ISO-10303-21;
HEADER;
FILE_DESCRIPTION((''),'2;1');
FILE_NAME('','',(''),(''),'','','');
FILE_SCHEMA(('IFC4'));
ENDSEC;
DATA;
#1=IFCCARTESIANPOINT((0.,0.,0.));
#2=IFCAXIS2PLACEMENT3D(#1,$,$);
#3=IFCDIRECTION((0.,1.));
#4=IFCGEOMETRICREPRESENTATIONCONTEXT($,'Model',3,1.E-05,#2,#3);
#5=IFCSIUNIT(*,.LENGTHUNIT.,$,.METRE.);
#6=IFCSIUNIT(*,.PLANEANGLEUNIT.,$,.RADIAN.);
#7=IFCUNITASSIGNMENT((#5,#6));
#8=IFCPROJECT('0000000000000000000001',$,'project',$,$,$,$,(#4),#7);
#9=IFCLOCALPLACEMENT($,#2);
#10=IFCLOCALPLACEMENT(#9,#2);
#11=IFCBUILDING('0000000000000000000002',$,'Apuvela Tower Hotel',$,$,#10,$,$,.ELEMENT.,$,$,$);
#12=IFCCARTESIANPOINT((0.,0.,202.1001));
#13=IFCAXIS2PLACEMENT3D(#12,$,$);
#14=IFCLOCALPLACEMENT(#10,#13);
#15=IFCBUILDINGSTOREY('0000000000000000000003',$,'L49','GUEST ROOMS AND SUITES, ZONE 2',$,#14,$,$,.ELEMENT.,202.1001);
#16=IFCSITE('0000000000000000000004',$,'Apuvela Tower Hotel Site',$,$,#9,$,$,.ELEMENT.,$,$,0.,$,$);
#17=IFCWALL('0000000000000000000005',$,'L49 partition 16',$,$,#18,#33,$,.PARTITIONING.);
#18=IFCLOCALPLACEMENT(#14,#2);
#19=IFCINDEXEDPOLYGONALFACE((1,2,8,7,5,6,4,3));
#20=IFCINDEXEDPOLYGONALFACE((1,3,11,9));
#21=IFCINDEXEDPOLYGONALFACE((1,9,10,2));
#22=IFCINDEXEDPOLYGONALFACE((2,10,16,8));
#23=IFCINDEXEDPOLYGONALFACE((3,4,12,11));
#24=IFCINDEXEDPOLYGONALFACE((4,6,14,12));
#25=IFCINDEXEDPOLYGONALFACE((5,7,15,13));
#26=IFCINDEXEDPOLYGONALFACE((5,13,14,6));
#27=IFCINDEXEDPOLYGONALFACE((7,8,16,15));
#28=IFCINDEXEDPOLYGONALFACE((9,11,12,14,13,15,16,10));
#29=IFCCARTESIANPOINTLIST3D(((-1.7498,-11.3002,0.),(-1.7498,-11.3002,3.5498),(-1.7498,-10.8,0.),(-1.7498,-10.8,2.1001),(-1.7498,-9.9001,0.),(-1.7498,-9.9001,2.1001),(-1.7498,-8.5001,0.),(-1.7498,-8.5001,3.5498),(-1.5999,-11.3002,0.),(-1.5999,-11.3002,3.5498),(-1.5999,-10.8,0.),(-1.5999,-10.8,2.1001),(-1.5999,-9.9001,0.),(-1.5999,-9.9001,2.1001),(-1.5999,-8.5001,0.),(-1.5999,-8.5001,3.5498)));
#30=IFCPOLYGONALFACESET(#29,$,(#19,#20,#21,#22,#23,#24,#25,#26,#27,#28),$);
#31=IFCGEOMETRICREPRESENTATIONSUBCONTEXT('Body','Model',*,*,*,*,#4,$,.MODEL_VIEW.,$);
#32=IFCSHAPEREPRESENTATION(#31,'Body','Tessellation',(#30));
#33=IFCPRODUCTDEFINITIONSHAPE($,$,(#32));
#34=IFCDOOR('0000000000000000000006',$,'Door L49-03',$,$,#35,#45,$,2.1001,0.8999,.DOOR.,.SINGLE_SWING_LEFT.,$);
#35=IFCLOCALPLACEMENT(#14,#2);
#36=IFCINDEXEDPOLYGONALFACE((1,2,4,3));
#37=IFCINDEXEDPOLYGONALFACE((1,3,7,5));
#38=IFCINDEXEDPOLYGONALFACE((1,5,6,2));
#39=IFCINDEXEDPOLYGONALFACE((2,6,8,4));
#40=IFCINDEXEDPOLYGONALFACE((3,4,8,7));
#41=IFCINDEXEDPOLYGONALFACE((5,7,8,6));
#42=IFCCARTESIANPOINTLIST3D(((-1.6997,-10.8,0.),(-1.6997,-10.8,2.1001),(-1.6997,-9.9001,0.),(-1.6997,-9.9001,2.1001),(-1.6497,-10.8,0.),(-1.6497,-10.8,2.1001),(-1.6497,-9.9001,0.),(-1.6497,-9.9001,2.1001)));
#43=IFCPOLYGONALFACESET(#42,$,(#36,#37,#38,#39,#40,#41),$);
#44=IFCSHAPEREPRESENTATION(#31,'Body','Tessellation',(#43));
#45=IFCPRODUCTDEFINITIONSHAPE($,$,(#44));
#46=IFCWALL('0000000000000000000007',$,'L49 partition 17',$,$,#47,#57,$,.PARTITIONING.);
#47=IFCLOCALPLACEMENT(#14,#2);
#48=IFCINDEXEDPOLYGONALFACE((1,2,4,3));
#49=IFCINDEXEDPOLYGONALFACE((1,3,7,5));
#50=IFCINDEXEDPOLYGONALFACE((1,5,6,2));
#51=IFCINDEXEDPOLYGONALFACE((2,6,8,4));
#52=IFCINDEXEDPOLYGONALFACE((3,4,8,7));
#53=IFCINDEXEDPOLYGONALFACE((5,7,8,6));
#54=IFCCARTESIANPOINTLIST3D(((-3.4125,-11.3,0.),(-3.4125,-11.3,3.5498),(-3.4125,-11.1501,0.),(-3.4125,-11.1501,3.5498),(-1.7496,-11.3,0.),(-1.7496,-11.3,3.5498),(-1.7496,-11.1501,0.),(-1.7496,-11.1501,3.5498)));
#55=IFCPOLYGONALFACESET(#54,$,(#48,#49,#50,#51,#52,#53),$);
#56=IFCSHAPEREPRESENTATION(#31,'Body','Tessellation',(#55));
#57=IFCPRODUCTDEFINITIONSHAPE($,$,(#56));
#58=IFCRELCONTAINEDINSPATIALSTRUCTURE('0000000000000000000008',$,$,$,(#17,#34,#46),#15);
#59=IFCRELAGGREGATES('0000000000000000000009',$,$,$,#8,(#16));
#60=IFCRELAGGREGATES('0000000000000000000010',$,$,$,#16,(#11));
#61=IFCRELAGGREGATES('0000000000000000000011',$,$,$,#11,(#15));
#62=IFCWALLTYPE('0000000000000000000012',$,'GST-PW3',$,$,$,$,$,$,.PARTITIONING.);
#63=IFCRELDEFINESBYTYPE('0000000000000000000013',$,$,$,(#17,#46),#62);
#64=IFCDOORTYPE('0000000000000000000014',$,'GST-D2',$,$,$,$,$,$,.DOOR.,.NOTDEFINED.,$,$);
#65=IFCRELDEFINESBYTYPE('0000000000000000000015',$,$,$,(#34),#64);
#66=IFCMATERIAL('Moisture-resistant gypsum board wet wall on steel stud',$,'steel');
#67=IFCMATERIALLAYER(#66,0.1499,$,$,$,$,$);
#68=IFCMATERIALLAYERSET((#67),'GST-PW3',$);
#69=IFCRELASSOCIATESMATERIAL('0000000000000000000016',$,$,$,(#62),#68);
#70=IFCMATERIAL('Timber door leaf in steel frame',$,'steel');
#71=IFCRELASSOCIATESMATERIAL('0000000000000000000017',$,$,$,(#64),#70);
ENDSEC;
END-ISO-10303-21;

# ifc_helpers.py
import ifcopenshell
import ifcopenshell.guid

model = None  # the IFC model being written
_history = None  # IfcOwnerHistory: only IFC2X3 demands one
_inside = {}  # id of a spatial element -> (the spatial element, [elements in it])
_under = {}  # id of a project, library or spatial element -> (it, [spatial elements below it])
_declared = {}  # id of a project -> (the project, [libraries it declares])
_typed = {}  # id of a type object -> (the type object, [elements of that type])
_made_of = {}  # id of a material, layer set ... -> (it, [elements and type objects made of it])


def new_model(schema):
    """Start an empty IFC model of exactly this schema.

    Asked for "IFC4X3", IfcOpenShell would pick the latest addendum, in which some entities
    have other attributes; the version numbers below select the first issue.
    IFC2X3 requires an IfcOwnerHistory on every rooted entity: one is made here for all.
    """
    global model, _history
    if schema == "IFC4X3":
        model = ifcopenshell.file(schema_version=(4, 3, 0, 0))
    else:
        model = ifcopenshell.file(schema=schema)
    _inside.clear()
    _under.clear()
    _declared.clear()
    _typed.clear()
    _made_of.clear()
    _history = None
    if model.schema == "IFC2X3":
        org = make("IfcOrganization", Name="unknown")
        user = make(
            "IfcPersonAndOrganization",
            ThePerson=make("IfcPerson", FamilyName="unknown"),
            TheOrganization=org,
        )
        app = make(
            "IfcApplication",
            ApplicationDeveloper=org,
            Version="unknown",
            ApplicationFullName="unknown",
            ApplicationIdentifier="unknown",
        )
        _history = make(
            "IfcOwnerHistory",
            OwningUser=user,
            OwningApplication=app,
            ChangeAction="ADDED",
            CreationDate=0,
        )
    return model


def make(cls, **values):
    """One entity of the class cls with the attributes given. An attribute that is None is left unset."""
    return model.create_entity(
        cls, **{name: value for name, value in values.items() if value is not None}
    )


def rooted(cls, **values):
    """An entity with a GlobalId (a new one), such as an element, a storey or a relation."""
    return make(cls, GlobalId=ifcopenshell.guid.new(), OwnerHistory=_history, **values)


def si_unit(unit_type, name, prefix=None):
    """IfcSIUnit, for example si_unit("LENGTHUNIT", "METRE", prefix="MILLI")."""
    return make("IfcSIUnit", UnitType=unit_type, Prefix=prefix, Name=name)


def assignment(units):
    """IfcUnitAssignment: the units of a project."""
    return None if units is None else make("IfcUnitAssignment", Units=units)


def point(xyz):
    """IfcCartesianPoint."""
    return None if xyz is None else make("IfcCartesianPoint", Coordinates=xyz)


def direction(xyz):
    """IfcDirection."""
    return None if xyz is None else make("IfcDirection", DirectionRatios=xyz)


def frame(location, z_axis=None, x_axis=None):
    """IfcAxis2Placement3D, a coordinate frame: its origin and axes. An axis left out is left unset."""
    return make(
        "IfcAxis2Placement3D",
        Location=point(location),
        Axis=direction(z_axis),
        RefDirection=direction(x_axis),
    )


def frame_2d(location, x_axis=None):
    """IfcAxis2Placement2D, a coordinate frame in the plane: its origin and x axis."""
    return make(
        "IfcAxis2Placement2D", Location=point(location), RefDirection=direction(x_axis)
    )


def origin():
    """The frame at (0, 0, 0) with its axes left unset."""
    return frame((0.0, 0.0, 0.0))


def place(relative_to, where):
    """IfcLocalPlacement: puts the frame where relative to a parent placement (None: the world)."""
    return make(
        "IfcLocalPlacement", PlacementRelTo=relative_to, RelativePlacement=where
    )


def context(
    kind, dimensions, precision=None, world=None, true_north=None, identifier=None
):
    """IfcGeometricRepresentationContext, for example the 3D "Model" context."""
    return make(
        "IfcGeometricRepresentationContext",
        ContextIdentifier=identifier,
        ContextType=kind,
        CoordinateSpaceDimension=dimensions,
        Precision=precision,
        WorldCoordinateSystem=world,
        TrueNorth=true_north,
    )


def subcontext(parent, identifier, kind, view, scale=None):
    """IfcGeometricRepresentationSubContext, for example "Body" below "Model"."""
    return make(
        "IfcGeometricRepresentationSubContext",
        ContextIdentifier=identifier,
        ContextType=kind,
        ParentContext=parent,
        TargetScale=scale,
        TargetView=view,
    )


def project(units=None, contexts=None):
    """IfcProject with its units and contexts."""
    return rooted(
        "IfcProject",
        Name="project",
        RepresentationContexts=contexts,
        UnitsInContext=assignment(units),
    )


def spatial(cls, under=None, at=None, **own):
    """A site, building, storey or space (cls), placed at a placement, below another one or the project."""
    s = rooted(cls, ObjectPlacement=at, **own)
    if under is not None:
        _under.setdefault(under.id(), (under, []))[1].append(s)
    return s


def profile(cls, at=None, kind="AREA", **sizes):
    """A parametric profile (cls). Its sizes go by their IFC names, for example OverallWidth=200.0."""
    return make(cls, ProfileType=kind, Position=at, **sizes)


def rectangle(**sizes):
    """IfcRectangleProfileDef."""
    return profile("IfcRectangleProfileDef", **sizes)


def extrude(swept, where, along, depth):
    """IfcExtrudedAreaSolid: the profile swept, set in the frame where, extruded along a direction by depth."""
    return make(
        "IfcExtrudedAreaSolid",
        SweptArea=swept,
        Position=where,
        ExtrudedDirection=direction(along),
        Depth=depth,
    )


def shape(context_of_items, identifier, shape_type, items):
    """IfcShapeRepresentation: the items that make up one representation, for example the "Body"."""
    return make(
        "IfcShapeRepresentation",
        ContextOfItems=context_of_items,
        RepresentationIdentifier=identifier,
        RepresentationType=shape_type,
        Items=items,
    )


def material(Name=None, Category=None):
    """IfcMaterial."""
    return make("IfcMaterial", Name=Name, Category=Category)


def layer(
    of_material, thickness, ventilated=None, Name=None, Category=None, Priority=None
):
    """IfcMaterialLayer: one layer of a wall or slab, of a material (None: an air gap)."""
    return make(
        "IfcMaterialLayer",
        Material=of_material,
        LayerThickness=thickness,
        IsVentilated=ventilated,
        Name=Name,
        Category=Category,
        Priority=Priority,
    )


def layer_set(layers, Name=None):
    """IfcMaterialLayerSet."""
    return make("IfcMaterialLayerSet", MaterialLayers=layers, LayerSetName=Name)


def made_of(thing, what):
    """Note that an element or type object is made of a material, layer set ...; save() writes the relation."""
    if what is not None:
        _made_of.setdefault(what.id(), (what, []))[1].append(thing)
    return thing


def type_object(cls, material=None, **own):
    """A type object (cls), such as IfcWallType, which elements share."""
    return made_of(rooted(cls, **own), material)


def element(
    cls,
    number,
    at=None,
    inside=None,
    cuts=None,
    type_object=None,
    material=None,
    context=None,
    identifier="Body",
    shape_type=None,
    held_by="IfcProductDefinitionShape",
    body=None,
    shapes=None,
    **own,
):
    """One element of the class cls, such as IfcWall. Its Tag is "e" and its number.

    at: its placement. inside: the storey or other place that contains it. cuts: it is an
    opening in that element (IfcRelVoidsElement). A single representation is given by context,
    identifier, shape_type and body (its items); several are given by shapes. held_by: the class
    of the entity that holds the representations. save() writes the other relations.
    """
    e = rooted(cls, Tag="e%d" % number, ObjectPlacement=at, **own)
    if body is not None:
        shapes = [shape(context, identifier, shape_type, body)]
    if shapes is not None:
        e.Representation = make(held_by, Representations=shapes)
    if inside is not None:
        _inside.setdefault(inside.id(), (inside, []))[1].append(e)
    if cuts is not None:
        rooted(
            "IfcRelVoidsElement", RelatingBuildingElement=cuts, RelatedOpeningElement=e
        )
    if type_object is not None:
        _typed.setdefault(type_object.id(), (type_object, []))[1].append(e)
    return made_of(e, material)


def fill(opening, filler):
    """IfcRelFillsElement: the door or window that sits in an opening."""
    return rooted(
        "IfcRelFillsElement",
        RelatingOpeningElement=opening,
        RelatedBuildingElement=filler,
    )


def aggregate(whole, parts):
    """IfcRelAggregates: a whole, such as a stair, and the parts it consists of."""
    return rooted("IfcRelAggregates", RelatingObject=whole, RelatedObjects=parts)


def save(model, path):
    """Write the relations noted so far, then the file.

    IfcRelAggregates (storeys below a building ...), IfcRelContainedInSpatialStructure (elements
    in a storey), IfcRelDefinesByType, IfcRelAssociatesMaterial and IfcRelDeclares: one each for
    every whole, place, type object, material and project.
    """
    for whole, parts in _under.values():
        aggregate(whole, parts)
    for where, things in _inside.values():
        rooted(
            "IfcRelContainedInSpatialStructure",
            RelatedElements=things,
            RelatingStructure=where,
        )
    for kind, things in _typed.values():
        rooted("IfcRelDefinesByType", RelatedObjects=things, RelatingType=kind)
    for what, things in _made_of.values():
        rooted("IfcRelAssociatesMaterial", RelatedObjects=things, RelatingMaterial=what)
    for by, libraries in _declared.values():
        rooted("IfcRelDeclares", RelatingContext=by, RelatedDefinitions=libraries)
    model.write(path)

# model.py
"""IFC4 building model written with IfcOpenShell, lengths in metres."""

from ifc_helpers import new_model, si_unit, direction, frame, frame_2d, origin, place, context, subcontext, project, spatial, rectangle, extrude, material, layer, layer_set, type_object, element, fill, save


model = new_model("IFC4")

# Units and contexts
model_context = context("Model", 3, precision=1e-05, world=origin(), true_north=direction((0.0, 1.0)))
body_context = subcontext(model_context, "Body", "Model", "MODEL_VIEW")
ifc_project = project(units=[si_unit("LENGTHUNIT", "METRE"), si_unit("PLANEANGLEUNIT", "RADIAN")], contexts=[model_context])

# Site, building, storey
site_placement = place(None, origin())
site = spatial("IfcSite", under=ifc_project, at=site_placement, Name="Apuvela Tower Hotel Site", CompositionType="ELEMENT", RefElevation=0.0)
building_placement = place(site_placement, origin())
building = spatial("IfcBuilding", under=site, at=building_placement, Name="Apuvela Tower Hotel", CompositionType="ELEMENT")
storey_placement = place(building_placement, frame((0.0, 0.0, 202.1001)))
storey = spatial("IfcBuildingStorey", under=building, at=storey_placement, Name="L49", Description="GUEST ROOMS AND SUITES, ZONE 2", CompositionType="ELEMENT", Elevation=202.1001)

# Wall, opening, door
ifc_material_1 = material(Name="Timber door leaf in steel frame", Category="steel")
ifc_material_2 = material(Name="Moisture-resistant gypsum board wet wall on steel stud", Category="steel")
ifc_layer_1 = layer(ifc_material_2, 0.1499)
ifc_layer_set_1 = layer_set([ifc_layer_1], Name="GST-PW3")
wall_type_1 = type_object("IfcWallType", Name="GST-PW3", PredefinedType="PARTITIONING", material=ifc_layer_set_1)
door_type_1 = type_object("IfcDoorType", Name="GST-D2", OperationType="NOTDEFINED", PredefinedType="DOOR", material=ifc_material_1)
wall_1_placement = place(storey_placement, frame((-1.6748, -11.3, 0.0), z_axis=(0.0, 0.0, 1.0), x_axis=(0.0, 1.0, 0.0)))
wall_1 = element("IfcWall", 1, at=wall_1_placement, inside=storey, type_object=wall_type_1, Name="L49 partition 16", PredefinedType="PARTITIONING", context=body_context, shape_type="SweptSolid", body=[
    extrude(rectangle(XDim=2.8, YDim=0.1499, at=frame_2d((1.3999, 0.0))), origin(), (0.0, 0.0, 1.0), 3.5498),
])
opening_1_placement = place(wall_1_placement, frame((0.5, 0.0, 0.0)))
opening_1 = element("IfcOpeningElement", 2, at=opening_1_placement, cuts=wall_1, PredefinedType="OPENING", context=body_context, shape_type="SweptSolid", body=[
    extrude(rectangle(XDim=0.8999, YDim=2.1001, at=frame_2d((0.45, 1.05))), frame((0.0, 0.085, 0.0), z_axis=(0.0, -1.0, 0.0), x_axis=(1.0, 0.0, 0.0)), (0.0, 0.0, 1.0), 0.1699),
])
door_1_placement = place(opening_1_placement, origin())
door_1 = element("IfcDoor", 3, at=door_1_placement, inside=storey, type_object=door_type_1, Name="Door L49-03", OperationType="SINGLE_SWING_LEFT", OverallHeight=2.1001, OverallWidth=0.8999, PredefinedType="DOOR", context=body_context, shape_type="SweptSolid", body=[
    extrude(rectangle(XDim=0.8999, YDim=2.1001, at=frame_2d((0.45, 1.05))), frame((0.0, 0.0249, 0.0), z_axis=(0.0, -1.0, 0.0), x_axis=(1.0, 0.0, 0.0)), (0.0, 0.0, 1.0), 0.05),
])
fill(opening_1, door_1)

# Wall
wall_2_placement = place(storey_placement, frame((-3.4126, -11.2251, 0.0), z_axis=(0.0, 0.0, 1.0), x_axis=(1.0, 0.0, 0.0)))
element("IfcWall", 4, at=wall_2_placement, inside=storey, type_object=wall_type_1, Name="L49 partition 17", PredefinedType="PARTITIONING", context=body_context, shape_type="SweptSolid", body=[
    extrude(rectangle(XDim=1.6628, YDim=0.1499, at=frame_2d((0.8315, 0.0))), origin(), (0.0, 0.0, 1.0), 3.5498),
])

save(model, "model.ifc")
